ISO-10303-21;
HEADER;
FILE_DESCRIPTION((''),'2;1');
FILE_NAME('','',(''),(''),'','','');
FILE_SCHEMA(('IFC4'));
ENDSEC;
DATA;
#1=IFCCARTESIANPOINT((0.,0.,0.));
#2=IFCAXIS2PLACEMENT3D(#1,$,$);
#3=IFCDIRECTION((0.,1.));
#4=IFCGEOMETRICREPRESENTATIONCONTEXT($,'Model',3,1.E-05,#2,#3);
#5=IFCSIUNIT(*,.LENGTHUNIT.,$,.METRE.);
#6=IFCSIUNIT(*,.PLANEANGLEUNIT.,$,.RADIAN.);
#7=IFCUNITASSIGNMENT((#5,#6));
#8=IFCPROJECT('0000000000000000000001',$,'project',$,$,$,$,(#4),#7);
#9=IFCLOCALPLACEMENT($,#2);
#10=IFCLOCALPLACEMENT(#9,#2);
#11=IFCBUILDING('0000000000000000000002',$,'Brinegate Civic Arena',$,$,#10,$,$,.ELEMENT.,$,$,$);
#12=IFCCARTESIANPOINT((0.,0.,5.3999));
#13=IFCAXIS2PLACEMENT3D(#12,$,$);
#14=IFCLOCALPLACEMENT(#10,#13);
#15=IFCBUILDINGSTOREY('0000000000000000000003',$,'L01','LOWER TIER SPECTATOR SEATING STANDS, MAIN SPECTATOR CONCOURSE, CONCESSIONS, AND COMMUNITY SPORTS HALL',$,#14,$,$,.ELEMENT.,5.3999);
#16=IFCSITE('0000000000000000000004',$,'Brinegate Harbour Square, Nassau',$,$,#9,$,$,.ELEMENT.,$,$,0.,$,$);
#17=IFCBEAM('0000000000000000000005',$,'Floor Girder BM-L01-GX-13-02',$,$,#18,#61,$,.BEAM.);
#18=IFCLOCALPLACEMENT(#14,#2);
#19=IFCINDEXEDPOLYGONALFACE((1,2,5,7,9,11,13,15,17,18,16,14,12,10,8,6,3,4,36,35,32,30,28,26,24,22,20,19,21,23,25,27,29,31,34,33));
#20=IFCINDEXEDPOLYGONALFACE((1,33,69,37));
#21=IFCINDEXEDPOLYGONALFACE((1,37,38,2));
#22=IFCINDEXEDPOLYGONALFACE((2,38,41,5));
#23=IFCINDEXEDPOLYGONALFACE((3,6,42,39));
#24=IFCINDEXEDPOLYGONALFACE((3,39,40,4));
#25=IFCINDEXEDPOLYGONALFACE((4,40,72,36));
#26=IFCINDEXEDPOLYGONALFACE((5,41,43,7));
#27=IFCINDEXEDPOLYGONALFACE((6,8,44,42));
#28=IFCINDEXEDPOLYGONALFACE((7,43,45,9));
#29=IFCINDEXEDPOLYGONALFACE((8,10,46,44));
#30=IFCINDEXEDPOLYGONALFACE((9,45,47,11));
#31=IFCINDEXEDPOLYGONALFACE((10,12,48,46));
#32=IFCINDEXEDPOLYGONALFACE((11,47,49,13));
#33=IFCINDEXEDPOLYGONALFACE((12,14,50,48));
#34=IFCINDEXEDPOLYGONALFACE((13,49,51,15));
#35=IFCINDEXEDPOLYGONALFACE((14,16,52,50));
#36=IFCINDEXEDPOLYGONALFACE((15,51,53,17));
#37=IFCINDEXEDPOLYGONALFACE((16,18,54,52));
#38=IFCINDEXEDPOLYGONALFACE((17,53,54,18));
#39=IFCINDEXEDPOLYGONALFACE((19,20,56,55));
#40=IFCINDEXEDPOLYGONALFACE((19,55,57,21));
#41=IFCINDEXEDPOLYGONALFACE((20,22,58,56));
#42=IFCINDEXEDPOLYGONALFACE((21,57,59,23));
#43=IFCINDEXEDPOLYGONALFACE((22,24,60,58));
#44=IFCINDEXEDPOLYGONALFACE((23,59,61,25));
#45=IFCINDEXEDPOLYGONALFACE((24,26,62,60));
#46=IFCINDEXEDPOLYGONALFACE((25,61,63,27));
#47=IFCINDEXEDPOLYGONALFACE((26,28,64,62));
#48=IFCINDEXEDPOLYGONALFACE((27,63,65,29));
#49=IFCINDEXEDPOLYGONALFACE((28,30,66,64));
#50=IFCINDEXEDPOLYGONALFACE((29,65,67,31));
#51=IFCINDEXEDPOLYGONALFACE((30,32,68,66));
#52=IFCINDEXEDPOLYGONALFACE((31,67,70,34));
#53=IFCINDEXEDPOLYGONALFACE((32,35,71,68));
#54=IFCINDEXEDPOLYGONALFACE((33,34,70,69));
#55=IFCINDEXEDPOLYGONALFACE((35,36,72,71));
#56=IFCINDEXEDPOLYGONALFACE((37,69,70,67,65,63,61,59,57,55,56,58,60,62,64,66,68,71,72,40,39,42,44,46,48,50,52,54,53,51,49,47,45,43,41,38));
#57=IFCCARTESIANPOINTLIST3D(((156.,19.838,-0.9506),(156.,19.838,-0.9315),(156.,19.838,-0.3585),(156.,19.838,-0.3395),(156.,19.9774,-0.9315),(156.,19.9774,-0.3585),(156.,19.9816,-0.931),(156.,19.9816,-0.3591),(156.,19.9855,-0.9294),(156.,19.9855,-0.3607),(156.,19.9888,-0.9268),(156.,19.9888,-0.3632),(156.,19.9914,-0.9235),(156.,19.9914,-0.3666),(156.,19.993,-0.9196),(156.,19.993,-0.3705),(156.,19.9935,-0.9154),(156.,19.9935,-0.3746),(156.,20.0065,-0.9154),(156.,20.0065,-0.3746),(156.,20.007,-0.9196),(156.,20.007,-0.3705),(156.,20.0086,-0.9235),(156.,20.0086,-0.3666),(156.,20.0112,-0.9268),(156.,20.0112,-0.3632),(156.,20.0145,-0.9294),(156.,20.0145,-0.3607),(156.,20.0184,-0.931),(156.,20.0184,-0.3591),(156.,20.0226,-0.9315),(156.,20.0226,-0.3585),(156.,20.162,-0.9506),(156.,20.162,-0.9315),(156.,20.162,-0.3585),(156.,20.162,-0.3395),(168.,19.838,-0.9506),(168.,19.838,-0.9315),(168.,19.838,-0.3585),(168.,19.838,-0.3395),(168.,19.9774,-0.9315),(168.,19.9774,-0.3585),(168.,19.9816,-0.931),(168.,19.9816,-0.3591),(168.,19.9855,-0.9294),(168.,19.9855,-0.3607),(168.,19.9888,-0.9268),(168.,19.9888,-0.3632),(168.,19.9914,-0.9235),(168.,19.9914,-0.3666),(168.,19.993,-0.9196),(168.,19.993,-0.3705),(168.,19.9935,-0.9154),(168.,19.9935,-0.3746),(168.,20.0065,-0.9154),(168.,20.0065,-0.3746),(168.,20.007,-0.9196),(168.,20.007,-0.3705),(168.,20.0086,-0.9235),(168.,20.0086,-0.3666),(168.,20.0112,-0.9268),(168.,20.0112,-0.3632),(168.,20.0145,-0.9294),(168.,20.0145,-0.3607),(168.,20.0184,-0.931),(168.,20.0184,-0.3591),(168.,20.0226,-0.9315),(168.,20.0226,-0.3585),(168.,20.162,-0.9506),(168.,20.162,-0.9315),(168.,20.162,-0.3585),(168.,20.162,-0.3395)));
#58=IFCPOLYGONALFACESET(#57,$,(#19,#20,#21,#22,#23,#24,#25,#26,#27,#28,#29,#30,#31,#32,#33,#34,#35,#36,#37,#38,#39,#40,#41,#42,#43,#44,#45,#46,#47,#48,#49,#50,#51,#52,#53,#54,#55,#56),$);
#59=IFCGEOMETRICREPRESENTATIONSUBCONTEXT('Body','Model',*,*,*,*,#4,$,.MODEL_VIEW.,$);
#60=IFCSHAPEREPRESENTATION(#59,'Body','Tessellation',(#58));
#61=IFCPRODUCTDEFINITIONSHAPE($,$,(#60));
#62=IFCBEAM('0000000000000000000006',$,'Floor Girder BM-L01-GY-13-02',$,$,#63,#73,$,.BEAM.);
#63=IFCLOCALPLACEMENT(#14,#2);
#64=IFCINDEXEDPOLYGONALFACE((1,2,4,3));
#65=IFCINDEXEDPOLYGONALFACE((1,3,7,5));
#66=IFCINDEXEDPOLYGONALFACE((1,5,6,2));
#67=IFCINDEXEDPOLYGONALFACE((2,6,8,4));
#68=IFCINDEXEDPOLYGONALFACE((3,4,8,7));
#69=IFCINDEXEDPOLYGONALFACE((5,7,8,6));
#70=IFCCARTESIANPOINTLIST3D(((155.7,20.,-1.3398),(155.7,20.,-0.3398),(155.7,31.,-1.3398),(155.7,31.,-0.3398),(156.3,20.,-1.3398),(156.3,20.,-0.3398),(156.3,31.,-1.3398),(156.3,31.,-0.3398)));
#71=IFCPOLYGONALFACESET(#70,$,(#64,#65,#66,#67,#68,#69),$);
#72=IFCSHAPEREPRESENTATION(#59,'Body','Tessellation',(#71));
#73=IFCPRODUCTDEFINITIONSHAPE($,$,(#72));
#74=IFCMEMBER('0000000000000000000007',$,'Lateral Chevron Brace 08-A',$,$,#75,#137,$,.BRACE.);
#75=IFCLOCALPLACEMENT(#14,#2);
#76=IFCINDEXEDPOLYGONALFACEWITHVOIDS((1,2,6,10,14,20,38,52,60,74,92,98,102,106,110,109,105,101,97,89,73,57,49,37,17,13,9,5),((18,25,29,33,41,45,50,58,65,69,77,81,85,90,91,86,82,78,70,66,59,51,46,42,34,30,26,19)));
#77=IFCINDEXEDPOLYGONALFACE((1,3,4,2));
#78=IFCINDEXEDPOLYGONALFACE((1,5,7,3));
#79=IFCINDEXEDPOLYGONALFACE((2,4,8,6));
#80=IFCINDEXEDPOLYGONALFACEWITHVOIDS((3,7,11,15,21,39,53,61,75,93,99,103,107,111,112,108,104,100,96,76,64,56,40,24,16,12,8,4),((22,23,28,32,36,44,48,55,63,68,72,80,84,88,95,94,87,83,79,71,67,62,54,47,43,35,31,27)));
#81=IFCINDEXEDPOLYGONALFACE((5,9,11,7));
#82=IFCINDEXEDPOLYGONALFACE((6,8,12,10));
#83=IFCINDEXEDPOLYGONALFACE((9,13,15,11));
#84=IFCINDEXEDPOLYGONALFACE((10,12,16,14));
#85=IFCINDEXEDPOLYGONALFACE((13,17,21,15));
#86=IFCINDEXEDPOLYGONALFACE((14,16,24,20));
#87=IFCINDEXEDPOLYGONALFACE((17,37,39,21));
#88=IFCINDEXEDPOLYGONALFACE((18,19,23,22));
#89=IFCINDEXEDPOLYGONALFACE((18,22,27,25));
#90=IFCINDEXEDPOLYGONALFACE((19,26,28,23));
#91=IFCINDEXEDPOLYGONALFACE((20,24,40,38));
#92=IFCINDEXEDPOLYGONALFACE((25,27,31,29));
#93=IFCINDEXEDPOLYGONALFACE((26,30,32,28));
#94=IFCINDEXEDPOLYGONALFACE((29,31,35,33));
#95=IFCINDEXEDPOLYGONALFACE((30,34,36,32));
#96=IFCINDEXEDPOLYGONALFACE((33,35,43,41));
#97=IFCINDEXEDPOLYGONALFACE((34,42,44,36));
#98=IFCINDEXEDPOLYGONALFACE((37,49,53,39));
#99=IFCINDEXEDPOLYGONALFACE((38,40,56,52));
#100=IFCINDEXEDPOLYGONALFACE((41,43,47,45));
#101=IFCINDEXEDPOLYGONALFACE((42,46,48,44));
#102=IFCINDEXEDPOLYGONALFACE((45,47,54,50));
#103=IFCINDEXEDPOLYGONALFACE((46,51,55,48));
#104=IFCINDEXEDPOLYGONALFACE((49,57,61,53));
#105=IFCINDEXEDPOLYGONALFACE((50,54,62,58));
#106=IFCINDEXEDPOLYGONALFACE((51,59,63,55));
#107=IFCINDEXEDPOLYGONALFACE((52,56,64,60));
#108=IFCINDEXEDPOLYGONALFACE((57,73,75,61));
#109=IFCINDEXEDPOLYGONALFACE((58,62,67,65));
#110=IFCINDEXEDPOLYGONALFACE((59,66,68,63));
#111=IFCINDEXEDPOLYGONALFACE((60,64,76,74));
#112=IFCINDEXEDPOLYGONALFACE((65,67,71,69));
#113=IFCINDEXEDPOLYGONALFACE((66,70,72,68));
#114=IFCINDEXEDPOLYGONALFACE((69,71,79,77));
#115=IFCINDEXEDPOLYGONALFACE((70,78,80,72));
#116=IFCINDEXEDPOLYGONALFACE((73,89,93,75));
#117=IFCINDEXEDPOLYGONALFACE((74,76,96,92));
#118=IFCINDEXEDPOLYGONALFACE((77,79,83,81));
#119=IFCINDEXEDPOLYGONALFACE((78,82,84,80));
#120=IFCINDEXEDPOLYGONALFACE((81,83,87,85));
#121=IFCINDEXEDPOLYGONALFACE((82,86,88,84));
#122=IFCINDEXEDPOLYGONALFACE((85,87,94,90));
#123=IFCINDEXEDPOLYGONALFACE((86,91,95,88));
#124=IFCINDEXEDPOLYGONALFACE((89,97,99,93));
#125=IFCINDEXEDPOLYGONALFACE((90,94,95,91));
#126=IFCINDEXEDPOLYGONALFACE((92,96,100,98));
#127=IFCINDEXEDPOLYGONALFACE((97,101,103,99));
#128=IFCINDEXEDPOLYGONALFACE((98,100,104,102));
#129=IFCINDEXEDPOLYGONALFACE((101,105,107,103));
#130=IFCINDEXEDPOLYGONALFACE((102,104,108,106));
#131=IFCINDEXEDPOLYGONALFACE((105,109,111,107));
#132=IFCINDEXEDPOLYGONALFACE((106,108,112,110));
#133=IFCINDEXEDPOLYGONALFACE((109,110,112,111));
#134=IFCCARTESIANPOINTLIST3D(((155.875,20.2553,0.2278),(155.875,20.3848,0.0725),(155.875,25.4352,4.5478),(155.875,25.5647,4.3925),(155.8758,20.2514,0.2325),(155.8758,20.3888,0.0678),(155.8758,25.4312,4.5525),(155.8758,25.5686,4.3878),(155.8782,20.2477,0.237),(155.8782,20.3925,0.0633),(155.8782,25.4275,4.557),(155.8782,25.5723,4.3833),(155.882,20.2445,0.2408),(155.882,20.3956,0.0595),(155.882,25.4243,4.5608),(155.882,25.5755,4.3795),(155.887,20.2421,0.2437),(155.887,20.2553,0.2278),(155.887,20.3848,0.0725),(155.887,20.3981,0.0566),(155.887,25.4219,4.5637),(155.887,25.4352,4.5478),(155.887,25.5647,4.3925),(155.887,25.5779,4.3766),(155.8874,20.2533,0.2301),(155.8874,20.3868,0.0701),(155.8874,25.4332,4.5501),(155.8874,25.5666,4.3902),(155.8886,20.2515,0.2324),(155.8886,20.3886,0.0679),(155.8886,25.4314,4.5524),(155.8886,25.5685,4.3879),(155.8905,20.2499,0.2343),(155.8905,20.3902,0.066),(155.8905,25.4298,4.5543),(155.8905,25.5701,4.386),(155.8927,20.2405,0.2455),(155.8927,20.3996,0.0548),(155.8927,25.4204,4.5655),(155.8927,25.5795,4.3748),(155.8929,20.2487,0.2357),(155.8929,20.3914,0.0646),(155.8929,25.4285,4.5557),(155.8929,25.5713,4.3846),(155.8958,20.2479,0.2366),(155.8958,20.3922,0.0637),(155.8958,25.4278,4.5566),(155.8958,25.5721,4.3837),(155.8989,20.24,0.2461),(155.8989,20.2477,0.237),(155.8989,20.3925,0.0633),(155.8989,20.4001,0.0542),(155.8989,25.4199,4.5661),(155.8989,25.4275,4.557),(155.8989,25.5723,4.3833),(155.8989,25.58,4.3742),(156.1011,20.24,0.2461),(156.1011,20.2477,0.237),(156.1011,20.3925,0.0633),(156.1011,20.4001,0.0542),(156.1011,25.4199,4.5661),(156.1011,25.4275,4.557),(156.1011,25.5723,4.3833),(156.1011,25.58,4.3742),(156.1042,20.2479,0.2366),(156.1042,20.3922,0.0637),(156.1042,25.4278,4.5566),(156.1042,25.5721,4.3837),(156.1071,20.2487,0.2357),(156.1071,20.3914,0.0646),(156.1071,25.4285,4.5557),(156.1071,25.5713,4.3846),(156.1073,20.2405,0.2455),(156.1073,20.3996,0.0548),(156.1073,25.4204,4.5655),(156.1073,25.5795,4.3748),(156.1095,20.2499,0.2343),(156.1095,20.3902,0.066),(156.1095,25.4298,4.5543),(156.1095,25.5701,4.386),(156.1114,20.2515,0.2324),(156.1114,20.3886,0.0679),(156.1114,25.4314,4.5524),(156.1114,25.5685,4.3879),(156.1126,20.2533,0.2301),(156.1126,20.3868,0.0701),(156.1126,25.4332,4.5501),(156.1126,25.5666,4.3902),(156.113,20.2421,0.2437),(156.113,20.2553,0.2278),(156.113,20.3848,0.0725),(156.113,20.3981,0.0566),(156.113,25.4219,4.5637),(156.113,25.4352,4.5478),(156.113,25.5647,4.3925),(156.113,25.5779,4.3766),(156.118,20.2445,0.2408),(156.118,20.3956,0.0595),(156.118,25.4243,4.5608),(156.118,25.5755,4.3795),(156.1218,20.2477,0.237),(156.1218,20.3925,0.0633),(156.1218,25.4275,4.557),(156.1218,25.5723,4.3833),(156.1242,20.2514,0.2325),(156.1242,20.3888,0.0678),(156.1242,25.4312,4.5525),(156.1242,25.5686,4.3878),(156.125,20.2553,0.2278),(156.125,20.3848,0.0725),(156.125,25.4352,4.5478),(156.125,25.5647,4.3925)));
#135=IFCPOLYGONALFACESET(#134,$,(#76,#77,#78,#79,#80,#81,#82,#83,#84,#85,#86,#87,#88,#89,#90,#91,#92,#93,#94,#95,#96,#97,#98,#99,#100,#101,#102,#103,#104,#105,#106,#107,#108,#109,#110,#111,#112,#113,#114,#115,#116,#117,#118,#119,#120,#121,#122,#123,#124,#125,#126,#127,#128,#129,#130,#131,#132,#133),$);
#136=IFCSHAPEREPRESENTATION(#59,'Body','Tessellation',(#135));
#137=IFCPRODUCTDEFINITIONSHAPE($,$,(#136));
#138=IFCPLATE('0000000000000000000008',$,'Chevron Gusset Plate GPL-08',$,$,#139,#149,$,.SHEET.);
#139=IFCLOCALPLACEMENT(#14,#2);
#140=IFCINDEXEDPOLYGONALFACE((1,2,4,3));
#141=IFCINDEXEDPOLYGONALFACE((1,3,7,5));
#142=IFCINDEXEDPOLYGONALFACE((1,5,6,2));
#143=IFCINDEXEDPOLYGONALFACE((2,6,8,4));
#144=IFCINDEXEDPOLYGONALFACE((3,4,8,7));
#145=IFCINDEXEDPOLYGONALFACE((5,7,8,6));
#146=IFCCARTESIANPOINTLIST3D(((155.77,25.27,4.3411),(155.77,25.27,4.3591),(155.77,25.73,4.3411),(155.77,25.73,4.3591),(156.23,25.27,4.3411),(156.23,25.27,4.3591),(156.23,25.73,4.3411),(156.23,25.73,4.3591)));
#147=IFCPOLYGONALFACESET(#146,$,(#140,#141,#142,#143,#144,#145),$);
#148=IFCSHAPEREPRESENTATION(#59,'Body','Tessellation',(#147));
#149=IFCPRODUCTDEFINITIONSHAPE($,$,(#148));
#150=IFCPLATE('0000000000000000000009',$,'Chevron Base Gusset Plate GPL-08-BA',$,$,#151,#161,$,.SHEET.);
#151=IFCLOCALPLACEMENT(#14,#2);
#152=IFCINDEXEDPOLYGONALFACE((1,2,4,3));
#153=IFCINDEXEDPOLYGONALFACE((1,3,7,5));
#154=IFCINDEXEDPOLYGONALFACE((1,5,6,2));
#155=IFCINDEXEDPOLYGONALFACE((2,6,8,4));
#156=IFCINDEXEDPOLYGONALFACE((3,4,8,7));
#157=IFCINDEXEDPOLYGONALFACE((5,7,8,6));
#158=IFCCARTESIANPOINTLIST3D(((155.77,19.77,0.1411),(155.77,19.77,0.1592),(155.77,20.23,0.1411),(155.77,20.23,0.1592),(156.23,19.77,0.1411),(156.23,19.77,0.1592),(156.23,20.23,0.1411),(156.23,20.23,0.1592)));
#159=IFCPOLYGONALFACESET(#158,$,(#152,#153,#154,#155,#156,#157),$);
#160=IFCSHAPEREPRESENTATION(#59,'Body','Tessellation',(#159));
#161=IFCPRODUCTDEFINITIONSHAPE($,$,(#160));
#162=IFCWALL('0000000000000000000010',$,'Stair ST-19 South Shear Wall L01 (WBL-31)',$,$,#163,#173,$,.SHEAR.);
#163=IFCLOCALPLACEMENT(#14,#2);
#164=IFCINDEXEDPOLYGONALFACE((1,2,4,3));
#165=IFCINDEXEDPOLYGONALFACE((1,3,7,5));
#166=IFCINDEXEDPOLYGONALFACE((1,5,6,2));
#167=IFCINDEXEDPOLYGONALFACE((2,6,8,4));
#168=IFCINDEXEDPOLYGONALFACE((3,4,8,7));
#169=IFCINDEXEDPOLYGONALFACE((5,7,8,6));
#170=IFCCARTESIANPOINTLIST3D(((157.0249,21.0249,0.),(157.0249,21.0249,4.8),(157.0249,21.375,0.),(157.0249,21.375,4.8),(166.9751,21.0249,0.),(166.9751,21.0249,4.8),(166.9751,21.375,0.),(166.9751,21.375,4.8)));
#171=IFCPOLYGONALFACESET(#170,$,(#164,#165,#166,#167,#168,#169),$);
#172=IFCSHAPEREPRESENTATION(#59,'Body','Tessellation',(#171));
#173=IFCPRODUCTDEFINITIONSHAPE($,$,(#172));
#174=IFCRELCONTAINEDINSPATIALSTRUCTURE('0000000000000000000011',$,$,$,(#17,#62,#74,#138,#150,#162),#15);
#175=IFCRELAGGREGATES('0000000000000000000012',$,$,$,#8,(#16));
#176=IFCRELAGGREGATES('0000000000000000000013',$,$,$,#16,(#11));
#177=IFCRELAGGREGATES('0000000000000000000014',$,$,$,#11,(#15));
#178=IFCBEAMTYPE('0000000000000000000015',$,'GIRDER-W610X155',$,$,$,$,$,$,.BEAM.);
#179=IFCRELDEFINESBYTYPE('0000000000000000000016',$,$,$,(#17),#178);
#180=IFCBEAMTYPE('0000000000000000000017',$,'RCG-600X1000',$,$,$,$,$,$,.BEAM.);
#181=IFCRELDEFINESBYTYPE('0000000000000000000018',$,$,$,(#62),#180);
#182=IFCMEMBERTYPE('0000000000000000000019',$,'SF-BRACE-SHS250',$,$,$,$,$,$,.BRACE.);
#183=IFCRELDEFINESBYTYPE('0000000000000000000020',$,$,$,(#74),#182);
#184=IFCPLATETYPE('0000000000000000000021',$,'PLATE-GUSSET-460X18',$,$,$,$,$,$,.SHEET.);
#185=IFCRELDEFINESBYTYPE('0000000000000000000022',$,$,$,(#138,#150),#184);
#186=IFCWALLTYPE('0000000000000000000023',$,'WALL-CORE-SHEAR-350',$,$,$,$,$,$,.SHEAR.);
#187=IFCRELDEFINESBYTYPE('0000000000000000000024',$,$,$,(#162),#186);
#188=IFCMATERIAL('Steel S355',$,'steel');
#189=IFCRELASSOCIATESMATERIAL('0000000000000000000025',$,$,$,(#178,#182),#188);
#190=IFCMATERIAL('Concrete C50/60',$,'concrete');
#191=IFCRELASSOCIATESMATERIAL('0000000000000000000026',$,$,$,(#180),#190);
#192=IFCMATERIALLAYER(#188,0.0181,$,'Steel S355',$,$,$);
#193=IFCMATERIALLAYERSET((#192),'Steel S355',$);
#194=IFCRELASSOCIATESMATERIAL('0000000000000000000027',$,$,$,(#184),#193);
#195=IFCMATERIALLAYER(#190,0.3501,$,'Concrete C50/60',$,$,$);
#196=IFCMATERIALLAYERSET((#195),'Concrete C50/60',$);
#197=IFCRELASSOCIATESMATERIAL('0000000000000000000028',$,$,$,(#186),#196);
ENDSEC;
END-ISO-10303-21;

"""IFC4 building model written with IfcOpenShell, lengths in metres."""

from ifc_helpers import new_model, si_unit, direction, frame, frame_2d, origin, origin_2d, place, context, subcontext, project, spatial, rectangle, hollow_rectangle, i_section, extrude, material, layer, layer_set, material_profile, profile_set, type_object, element, save


model = new_model("IFC4")

# Units and contexts
model_context = context("Model", 3, precision=1e-05, world=origin(), true_north=direction((0.0, 1.0)))
body_context = subcontext(model_context, "Body", "Model", "MODEL_VIEW")
ifc_project = project(units=[si_unit("LENGTHUNIT", "METRE"), si_unit("PLANEANGLEUNIT", "RADIAN")], contexts=[model_context])

# Site, building, storey
site_placement = place(None, origin())
site = spatial("IfcSite", under=ifc_project, at=site_placement, Name="Brinegate Harbour Square, Nassau", CompositionType="ELEMENT", RefElevation=0.0)
building_placement = place(site_placement, origin())
building = spatial("IfcBuilding", under=site, at=building_placement, Name="Brinegate Civic Arena", CompositionType="ELEMENT")
storey_placement = place(building_placement, frame((0.0, 0.0, 5.3999)))
storey = spatial("IfcBuildingStorey", under=building, at=storey_placement, Name="L01", Description="LOWER TIER SPECTATOR SEATING STANDS, MAIN SPECTATOR CONCOURSE, CONCESSIONS, AND COMMUNITY SPORTS HALL", CompositionType="ELEMENT", Elevation=5.3999)

# Beams
ifc_material_1 = material(Name="Steel S355", Category="steel")
ifc_material_profile_1 = material_profile(ifc_material_1, i_section(OverallWidth=0.324, OverallDepth=0.6111, WebThickness=0.0129, FlangeThickness=0.019, FilletRadius=0.0161, at=origin_2d()), Name="W610X155")
ifc_profile_set_1 = profile_set([ifc_material_profile_1], Name="Steel S355")
beam_type_1 = type_object("IfcBeamType", Name="GIRDER-W610X155", PredefinedType="BEAM", material=ifc_profile_set_1)
beam_1_placement = place(storey_placement, frame((156.0, 20.0, -0.645), z_axis=(1.0, 0.0, 0.0), x_axis=(0.0, 1.0, 0.0)))
element("IfcBeam", 1, at=beam_1_placement, inside=storey, type_object=beam_type_1, Name="Floor Girder BM-L01-GX-13-02", PredefinedType="BEAM", context=body_context, shape_type="SweptSolid", body=[
    extrude(i_section(OverallWidth=0.324, OverallDepth=0.6111, WebThickness=0.0129, FlangeThickness=0.019, FilletRadius=0.0161, at=origin_2d()), origin(), (0.0, 0.0, 1.0), 12.0),
])
ifc_material_2 = material(Name="Concrete C50/60", Category="concrete")
ifc_material_profile_2 = material_profile(ifc_material_2, rectangle(XDim=0.6001, YDim=1.0, at=origin_2d()), Name="RCB600X1000")
ifc_profile_set_2 = profile_set([ifc_material_profile_2], Name="Concrete C50/60")
beam_type_2 = type_object("IfcBeamType", Name="RCG-600X1000", PredefinedType="BEAM", material=ifc_profile_set_2)
beam_2_placement = place(storey_placement, frame((156.0, 20.0, -0.8398), z_axis=(0.0, 1.0, 0.0), x_axis=(-1.0, 0.0, 0.0)))
element("IfcBeam", 2, at=beam_2_placement, inside=storey, type_object=beam_type_2, Name="Floor Girder BM-L01-GY-13-02", PredefinedType="BEAM", context=body_context, shape_type="SweptSolid", body=[
    extrude(rectangle(XDim=0.6001, YDim=1.0, at=origin_2d()), origin(), (0.0, 0.0, 1.0), 11.0),
])

# Member
ifc_material_profile_3 = material_profile(ifc_material_1, hollow_rectangle(XDim=0.25, YDim=0.25, WallThickness=0.012, InnerFilletRadius=0.012, OuterFilletRadius=0.0239, at=origin_2d()), Name="SHS250X12")
ifc_profile_set_3 = profile_set([ifc_material_profile_3], Name="Steel S355")
member_type = type_object("IfcMemberType", Name="SF-BRACE-SHS250", PredefinedType="BRACE", material=ifc_profile_set_3)
member_placement = place(storey_placement, frame((156.0, 20.3201, 0.1501), z_axis=(0.0, 0.767969, 0.640487), x_axis=(-1.0, 0.0, 0.0)))
element("IfcMember", 3, at=member_placement, inside=storey, type_object=member_type, Name="Lateral Chevron Brace 08-A", PredefinedType="BRACE", context=body_context, shape_type="SweptSolid", body=[
    extrude(hollow_rectangle(XDim=0.25, YDim=0.25, WallThickness=0.012, InnerFilletRadius=0.012, OuterFilletRadius=0.0239, at=origin_2d()), origin(), (0.0, 0.0, 1.0), 6.7449),
])

# Plates
ifc_layer_1 = layer(ifc_material_1, 0.0181, Name="Steel S355")
ifc_layer_set_1 = layer_set([ifc_layer_1], Name="Steel S355")
plate_type = type_object("IfcPlateType", Name="PLATE-GUSSET-460X18", PredefinedType="SHEET", material=ifc_layer_set_1)
for number, where, z_axis, x_axis, name in (
    (4, (156.0, 25.5, 4.3411), (0.0, 0.0, 1.0), (1.0, 0.0, 0.0), "Chevron Gusset Plate GPL-08"),
    (5, (156.0, 20.0, 0.1411), (0.0, 0.0, 1.0), (1.0, 0.0, 0.0), "Chevron Base Gusset Plate GPL-08-BA"),
):
    element("IfcPlate", number, at=place(storey_placement, frame(where, z_axis=z_axis, x_axis=x_axis)), inside=storey, type_object=plate_type, Name=name, PredefinedType="SHEET", context=body_context, shape_type="SweptSolid", body=[
        extrude(rectangle(XDim=0.46, YDim=0.46, at=origin_2d()), origin(), (0.0, 0.0, 1.0), 0.0181),
    ])

# Wall
ifc_layer_2 = layer(ifc_material_2, 0.3501, Name="Concrete C50/60")
ifc_layer_set_2 = layer_set([ifc_layer_2], Name="Concrete C50/60")
wall_type_1 = type_object("IfcWallType", Name="WALL-CORE-SHEAR-350", PredefinedType="SHEAR", material=ifc_layer_set_2)
wall_1_placement = place(storey_placement, frame((157.0249, 21.2, 0.0), z_axis=(0.0, 0.0, 1.0), x_axis=(1.0, 0.0, 0.0)))
element("IfcWall", 6, at=wall_1_placement, inside=storey, type_object=wall_type_1, Name="Stair ST-19 South Shear Wall L01 (WBL-31)", PredefinedType="SHEAR", context=body_context, shape_type="SweptSolid", body=[
    extrude(rectangle(XDim=9.9502, YDim=0.3501, at=frame_2d((4.9751, 0.0))), origin(), (0.0, 0.0, 1.0), 4.8),
])

save(model, "model.ifc")
